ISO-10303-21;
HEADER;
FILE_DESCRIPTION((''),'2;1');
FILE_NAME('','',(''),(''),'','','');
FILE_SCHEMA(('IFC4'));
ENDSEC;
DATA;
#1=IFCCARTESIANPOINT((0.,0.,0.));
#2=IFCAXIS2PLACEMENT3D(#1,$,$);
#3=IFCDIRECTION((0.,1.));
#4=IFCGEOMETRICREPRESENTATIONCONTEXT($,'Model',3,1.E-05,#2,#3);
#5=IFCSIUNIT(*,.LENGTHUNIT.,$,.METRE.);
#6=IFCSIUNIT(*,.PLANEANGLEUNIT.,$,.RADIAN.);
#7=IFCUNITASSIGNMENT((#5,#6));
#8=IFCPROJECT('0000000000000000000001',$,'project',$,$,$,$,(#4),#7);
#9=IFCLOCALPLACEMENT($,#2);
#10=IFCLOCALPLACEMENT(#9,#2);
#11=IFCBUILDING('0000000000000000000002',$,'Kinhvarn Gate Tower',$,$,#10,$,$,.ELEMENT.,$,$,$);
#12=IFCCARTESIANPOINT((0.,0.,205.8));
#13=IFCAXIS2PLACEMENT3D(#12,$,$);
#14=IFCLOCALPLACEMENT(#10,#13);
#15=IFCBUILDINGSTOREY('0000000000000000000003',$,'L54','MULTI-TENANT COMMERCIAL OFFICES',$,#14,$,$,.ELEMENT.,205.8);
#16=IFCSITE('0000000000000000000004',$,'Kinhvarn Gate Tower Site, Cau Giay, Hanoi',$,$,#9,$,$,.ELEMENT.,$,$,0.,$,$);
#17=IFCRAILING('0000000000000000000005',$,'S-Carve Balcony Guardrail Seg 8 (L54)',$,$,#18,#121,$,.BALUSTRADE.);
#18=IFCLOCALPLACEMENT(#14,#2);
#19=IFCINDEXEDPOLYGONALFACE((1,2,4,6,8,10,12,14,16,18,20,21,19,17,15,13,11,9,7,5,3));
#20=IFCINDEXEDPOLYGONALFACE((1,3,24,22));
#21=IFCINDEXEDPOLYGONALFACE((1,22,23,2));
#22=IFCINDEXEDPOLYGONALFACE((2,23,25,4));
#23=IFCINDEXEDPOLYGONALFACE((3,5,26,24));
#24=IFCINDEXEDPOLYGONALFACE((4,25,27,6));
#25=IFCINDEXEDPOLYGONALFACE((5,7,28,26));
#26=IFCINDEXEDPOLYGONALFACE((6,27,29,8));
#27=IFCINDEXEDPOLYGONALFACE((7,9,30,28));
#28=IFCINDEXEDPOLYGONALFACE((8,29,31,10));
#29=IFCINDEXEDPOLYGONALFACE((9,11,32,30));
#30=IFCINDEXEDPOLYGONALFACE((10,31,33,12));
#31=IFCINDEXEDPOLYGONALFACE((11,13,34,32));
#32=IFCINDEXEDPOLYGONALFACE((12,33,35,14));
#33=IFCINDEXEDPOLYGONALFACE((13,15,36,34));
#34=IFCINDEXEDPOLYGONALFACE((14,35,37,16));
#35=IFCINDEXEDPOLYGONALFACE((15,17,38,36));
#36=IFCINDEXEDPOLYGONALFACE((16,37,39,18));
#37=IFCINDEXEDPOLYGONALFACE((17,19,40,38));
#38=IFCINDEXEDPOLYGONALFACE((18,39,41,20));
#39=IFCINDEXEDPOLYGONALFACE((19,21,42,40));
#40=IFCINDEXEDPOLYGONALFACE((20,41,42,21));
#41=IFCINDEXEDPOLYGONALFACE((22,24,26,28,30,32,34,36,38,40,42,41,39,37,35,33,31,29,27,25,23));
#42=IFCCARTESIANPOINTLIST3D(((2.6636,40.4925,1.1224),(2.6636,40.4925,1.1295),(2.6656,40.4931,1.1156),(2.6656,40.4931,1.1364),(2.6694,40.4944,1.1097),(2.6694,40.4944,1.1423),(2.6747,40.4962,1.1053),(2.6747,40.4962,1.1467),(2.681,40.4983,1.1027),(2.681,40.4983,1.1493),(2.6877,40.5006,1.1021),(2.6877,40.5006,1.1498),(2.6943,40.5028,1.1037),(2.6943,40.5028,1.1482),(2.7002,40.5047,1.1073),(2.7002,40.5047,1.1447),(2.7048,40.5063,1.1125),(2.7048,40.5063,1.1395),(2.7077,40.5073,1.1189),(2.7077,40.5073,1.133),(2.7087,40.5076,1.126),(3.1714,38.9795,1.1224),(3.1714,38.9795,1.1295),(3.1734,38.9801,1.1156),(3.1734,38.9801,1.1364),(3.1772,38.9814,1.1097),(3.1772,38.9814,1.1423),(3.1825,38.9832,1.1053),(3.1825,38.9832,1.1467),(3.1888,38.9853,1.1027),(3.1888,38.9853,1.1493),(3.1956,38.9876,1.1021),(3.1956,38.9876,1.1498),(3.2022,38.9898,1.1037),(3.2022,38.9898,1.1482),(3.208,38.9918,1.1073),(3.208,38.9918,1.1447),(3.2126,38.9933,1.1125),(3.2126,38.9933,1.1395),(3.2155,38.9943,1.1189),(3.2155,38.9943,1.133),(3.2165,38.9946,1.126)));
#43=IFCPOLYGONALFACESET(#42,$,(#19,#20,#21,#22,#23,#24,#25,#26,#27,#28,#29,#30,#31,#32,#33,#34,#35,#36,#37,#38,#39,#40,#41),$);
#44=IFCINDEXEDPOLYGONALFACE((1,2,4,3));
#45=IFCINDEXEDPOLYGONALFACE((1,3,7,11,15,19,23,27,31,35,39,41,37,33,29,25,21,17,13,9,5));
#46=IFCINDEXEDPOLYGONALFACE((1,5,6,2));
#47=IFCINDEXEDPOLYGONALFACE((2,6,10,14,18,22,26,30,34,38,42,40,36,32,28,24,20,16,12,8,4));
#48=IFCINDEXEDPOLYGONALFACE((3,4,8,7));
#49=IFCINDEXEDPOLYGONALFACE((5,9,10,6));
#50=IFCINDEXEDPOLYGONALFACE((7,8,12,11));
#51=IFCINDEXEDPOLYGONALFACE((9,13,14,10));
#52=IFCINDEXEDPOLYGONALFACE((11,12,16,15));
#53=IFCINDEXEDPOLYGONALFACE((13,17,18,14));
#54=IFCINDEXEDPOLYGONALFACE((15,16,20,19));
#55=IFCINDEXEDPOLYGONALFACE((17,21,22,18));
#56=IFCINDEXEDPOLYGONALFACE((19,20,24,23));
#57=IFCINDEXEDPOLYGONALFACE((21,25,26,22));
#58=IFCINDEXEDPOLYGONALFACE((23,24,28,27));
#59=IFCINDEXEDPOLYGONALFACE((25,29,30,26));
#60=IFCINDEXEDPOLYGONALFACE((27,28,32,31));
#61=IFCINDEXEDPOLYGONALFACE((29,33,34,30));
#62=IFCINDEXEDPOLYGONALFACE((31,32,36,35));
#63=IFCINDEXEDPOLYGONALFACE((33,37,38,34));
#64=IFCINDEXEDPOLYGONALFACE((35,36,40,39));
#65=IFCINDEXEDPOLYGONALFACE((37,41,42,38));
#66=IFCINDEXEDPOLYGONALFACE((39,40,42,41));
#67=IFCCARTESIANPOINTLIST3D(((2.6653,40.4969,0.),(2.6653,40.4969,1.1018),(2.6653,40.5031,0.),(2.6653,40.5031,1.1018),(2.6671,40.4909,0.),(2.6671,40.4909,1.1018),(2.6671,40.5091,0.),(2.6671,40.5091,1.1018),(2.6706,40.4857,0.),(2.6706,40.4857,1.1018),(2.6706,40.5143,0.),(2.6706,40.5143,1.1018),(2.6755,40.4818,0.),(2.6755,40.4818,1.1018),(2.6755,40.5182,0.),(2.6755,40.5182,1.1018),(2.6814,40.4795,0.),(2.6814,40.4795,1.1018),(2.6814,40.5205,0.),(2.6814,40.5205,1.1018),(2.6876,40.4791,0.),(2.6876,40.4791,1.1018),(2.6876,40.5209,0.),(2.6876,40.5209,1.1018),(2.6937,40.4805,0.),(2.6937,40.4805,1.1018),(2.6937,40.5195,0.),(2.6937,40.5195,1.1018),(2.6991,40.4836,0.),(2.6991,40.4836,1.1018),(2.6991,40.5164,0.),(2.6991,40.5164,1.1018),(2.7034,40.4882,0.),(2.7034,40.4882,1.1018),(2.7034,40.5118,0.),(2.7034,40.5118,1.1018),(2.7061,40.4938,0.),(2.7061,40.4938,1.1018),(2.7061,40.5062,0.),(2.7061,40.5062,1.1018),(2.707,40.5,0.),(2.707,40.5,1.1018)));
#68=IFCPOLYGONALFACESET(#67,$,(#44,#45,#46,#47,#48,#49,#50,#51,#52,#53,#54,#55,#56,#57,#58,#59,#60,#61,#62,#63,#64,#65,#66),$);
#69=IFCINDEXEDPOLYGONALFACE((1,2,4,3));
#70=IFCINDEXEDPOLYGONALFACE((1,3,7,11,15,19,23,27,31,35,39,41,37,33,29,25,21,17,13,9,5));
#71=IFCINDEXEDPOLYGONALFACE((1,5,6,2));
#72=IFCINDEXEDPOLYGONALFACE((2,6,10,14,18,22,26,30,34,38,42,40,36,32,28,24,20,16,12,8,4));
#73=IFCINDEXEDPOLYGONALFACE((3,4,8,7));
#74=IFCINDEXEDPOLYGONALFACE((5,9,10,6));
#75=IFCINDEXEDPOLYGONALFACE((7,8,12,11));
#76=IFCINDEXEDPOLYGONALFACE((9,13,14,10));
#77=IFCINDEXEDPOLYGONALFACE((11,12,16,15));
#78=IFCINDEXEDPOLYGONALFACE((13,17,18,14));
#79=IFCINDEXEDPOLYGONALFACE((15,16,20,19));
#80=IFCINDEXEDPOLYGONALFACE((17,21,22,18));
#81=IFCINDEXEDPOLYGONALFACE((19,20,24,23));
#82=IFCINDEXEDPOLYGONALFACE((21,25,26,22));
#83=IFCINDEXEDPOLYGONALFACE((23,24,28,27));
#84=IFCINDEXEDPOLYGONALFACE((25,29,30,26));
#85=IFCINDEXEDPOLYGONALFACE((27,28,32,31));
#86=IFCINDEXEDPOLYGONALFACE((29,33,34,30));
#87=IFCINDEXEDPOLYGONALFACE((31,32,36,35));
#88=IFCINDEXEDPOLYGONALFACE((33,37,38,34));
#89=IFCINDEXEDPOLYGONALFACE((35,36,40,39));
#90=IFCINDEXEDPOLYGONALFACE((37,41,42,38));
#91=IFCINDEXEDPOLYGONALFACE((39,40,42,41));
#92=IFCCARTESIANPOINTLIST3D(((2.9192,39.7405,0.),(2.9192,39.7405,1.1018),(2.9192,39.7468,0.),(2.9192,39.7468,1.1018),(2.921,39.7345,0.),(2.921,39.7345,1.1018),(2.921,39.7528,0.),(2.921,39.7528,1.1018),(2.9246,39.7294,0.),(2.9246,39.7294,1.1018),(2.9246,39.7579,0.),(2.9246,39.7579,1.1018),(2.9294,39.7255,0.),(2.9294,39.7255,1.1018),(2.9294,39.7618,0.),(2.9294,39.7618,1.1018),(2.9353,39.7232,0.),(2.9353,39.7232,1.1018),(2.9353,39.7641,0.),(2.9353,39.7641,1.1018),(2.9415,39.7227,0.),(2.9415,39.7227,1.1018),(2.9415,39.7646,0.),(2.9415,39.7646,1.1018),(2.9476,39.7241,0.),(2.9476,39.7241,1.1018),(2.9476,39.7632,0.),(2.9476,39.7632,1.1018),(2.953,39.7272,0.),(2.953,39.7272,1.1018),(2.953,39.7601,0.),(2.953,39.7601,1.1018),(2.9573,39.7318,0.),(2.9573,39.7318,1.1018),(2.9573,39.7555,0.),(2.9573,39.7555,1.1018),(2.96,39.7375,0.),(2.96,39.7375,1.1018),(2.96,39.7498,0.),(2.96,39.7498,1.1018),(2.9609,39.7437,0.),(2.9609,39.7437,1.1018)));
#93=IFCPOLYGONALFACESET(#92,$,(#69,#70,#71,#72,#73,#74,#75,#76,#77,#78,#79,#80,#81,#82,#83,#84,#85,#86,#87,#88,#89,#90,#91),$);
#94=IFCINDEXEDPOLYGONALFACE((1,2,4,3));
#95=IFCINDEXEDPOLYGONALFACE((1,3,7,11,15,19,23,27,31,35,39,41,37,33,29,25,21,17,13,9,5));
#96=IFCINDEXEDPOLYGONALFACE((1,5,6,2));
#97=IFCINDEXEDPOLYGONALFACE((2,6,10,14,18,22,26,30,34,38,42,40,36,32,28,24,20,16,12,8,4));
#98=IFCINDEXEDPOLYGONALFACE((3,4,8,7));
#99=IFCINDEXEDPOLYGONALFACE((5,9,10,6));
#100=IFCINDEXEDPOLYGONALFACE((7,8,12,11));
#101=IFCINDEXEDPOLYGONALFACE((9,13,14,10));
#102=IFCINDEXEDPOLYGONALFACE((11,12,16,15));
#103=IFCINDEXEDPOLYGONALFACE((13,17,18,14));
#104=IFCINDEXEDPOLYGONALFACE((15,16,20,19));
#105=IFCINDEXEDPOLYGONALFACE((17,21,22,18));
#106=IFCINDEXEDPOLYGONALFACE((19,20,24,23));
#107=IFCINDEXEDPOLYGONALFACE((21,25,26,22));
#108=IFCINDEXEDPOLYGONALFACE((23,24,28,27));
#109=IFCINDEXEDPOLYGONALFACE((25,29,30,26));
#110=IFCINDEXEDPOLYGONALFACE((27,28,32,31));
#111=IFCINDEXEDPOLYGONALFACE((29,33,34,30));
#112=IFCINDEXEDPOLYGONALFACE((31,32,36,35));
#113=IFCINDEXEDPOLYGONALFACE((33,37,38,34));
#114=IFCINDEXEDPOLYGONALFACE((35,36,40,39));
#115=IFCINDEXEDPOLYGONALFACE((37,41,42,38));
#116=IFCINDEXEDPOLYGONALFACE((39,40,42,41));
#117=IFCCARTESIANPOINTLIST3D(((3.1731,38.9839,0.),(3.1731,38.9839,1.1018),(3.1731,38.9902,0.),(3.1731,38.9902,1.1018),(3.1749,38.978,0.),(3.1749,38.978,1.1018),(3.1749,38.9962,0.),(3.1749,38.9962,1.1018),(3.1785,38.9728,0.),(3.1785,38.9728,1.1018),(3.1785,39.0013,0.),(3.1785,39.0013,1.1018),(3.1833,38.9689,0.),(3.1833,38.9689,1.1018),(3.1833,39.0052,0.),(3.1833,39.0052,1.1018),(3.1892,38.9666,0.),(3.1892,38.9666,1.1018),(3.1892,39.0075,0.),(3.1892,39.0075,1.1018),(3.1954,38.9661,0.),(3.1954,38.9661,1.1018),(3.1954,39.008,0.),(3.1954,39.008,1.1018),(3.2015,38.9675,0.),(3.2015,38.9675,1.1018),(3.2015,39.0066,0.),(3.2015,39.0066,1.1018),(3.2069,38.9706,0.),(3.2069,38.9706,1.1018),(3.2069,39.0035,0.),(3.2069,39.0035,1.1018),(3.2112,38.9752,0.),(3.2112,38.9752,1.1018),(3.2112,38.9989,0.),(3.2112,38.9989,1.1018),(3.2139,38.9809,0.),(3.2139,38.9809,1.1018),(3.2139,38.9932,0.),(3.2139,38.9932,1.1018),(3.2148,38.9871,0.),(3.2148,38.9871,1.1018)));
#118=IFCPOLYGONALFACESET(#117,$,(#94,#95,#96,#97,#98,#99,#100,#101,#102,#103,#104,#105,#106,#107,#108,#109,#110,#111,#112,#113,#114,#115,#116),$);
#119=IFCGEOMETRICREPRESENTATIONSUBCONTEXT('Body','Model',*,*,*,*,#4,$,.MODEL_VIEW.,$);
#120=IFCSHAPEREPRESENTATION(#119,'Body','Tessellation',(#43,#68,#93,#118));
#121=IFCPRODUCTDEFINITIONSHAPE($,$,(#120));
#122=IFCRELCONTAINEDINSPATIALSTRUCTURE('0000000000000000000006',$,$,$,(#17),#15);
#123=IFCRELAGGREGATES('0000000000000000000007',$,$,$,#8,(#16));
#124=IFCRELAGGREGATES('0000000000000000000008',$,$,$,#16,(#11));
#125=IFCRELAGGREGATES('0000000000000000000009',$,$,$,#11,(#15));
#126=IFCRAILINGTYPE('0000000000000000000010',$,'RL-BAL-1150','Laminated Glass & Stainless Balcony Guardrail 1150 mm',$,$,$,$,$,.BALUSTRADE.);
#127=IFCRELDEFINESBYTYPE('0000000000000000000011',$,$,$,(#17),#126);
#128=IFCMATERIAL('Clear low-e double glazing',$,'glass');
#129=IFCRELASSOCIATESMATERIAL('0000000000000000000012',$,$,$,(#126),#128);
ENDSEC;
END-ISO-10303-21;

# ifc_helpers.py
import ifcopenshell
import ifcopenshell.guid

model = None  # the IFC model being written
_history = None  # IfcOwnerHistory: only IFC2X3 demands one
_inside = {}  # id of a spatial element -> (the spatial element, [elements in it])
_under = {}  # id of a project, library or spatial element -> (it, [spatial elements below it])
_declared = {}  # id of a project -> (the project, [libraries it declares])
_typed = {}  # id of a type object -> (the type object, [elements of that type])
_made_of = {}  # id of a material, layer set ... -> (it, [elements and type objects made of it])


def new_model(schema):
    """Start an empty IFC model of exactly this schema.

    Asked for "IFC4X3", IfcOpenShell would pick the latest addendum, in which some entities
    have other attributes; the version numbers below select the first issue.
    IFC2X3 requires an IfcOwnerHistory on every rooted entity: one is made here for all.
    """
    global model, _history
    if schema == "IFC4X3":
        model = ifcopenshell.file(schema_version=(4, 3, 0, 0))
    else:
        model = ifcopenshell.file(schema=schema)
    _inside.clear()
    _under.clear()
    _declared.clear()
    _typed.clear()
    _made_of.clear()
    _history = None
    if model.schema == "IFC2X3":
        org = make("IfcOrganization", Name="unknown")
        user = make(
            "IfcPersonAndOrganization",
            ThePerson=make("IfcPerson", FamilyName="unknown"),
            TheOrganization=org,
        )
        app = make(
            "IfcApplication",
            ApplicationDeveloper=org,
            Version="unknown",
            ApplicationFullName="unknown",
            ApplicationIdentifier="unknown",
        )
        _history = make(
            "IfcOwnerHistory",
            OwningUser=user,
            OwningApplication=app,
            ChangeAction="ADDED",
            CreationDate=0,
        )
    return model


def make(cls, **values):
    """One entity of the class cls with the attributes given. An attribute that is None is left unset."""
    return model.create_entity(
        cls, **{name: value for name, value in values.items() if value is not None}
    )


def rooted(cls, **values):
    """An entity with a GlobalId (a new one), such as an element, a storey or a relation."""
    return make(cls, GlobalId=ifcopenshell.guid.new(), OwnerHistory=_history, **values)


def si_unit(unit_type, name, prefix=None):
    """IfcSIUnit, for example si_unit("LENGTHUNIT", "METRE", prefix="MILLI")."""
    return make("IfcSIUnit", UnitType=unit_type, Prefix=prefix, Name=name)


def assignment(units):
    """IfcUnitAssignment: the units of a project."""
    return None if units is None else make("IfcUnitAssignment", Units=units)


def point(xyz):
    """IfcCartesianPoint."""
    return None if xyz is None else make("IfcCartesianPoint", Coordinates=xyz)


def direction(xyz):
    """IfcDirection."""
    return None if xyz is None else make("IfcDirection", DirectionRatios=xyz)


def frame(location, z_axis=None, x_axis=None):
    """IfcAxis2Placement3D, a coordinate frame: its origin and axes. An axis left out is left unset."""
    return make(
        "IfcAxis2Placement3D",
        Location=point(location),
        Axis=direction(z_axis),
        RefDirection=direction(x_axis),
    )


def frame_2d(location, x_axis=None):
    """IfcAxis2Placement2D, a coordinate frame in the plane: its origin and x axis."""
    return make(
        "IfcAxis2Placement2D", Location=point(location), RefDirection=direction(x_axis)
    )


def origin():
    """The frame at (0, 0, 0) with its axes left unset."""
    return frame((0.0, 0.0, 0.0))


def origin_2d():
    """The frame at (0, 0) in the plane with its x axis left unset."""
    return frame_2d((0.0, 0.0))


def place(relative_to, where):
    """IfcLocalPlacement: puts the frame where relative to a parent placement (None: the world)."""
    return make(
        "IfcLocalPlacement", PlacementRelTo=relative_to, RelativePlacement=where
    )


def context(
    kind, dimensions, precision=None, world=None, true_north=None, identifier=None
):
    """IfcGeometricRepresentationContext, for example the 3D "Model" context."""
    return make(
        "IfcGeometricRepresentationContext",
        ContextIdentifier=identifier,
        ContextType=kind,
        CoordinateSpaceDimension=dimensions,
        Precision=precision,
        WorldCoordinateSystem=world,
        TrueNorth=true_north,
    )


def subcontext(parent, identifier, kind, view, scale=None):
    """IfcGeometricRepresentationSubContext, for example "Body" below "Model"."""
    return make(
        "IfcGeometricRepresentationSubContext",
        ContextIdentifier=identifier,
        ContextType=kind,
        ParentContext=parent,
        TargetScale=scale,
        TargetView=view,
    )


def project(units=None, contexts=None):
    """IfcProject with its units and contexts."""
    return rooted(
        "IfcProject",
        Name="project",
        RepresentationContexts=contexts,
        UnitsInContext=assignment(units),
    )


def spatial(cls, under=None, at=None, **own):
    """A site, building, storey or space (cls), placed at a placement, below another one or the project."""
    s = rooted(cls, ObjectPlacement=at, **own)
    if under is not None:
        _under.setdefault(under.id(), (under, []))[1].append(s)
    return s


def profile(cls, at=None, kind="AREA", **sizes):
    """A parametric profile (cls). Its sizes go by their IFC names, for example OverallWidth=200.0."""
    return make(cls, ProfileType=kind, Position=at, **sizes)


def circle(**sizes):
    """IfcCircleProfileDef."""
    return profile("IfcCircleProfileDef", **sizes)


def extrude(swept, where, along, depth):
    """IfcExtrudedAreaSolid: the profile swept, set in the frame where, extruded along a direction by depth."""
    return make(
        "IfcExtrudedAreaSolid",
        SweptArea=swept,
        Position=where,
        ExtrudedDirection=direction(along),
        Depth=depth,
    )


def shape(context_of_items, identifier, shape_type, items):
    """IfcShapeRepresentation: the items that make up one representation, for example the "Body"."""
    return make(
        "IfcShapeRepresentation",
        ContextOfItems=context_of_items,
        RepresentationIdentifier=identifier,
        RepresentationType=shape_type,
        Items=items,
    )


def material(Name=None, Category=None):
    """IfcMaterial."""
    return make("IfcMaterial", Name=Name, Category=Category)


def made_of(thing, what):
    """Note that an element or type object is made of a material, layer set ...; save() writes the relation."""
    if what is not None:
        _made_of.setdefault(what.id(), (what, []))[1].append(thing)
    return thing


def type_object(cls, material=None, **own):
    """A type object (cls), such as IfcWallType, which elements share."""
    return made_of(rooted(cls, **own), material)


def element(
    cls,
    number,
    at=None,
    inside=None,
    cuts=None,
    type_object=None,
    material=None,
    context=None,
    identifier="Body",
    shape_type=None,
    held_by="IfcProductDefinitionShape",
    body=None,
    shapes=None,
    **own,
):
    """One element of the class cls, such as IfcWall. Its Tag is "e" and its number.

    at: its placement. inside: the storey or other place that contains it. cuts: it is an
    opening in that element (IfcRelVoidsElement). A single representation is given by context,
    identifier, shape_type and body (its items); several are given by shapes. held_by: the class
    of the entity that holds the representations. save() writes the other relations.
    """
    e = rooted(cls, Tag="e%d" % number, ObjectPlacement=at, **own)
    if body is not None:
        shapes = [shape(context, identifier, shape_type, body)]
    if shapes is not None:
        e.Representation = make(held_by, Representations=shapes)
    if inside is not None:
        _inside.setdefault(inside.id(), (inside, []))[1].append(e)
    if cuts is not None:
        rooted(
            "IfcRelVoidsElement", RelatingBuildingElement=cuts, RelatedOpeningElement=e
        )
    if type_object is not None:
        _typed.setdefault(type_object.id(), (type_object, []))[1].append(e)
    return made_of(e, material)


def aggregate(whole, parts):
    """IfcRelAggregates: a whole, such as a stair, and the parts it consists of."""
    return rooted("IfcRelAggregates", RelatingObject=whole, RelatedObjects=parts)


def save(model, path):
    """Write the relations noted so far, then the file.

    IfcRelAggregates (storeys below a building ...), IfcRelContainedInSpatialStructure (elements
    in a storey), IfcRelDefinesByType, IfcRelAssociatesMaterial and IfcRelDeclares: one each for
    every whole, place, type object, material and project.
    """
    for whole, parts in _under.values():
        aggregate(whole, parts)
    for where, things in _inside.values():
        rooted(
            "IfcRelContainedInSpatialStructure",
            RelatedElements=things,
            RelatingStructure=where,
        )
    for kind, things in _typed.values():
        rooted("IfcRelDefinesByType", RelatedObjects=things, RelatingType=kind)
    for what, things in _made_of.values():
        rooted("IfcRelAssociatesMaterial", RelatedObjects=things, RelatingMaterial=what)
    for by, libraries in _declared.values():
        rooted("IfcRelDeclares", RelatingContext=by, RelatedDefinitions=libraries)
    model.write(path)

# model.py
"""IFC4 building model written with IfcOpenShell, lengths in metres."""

from ifc_helpers import new_model, si_unit, direction, frame, origin, origin_2d, place, context, subcontext, project, spatial, circle, extrude, material, type_object, element, save


model = new_model("IFC4")

# Units and contexts
model_context = context("Model", 3, precision=1e-05, world=origin(), true_north=direction((0.0, 1.0)))
body_context = subcontext(model_context, "Body", "Model", "MODEL_VIEW")
ifc_project = project(units=[si_unit("LENGTHUNIT", "METRE"), si_unit("PLANEANGLEUNIT", "RADIAN")], contexts=[model_context])

# Site, building, storey
site_placement = place(None, origin())
site = spatial("IfcSite", under=ifc_project, at=site_placement, Name="Kinhvarn Gate Tower Site, Cau Giay, Hanoi", CompositionType="ELEMENT", RefElevation=0.0)
building_placement = place(site_placement, origin())
building = spatial("IfcBuilding", under=site, at=building_placement, Name="Kinhvarn Gate Tower", CompositionType="ELEMENT")
storey_placement = place(building_placement, frame((0.0, 0.0, 205.8)))
storey = spatial("IfcBuildingStorey", under=building, at=storey_placement, Name="L54", Description="MULTI-TENANT COMMERCIAL OFFICES", CompositionType="ELEMENT", Elevation=205.8)

# Shared definitions
ifc_material_1 = material(Name="Clear low-e double glazing", Category="glass")

# Railing
railing_type = type_object("IfcRailingType", Name="RL-BAL-1150", Description="Laminated Glass & Stainless Balcony Guardrail 1150 mm", PredefinedType="BALUSTRADE", material=ifc_material_1)
railing_1_placement = place(storey_placement, frame((2.686, 40.5, 0.0)))
element("IfcRailing", 1, at=railing_1_placement, inside=storey, type_object=railing_type, Name="S-Carve Balcony Guardrail Seg 8 (L54)", PredefinedType="BALUSTRADE", context=body_context, shape_type="SweptSolid", body=[
    extrude(circle(Radius=0.0239, at=origin_2d()), frame((0.0, 0.0, 1.126), z_axis=(0.318201, -0.948023, 0.0), x_axis=(0.948023, 0.318201, 0.0)), (0.0, 0.0, 1.0), 1.5959),
    extrude(circle(Radius=0.021, at=origin_2d()), origin(), (0.0, 0.0, 1.0), 1.1018),
    extrude(circle(Radius=0.021, at=origin_2d()), frame((0.2539, -0.7563, 0.0)), (0.0, 0.0, 1.0), 1.1018),
    extrude(circle(Radius=0.021, at=origin_2d()), frame((0.5078, -1.5129, 0.0)), (0.0, 0.0, 1.0), 1.1018),
])

save(model, "model.ifc")
